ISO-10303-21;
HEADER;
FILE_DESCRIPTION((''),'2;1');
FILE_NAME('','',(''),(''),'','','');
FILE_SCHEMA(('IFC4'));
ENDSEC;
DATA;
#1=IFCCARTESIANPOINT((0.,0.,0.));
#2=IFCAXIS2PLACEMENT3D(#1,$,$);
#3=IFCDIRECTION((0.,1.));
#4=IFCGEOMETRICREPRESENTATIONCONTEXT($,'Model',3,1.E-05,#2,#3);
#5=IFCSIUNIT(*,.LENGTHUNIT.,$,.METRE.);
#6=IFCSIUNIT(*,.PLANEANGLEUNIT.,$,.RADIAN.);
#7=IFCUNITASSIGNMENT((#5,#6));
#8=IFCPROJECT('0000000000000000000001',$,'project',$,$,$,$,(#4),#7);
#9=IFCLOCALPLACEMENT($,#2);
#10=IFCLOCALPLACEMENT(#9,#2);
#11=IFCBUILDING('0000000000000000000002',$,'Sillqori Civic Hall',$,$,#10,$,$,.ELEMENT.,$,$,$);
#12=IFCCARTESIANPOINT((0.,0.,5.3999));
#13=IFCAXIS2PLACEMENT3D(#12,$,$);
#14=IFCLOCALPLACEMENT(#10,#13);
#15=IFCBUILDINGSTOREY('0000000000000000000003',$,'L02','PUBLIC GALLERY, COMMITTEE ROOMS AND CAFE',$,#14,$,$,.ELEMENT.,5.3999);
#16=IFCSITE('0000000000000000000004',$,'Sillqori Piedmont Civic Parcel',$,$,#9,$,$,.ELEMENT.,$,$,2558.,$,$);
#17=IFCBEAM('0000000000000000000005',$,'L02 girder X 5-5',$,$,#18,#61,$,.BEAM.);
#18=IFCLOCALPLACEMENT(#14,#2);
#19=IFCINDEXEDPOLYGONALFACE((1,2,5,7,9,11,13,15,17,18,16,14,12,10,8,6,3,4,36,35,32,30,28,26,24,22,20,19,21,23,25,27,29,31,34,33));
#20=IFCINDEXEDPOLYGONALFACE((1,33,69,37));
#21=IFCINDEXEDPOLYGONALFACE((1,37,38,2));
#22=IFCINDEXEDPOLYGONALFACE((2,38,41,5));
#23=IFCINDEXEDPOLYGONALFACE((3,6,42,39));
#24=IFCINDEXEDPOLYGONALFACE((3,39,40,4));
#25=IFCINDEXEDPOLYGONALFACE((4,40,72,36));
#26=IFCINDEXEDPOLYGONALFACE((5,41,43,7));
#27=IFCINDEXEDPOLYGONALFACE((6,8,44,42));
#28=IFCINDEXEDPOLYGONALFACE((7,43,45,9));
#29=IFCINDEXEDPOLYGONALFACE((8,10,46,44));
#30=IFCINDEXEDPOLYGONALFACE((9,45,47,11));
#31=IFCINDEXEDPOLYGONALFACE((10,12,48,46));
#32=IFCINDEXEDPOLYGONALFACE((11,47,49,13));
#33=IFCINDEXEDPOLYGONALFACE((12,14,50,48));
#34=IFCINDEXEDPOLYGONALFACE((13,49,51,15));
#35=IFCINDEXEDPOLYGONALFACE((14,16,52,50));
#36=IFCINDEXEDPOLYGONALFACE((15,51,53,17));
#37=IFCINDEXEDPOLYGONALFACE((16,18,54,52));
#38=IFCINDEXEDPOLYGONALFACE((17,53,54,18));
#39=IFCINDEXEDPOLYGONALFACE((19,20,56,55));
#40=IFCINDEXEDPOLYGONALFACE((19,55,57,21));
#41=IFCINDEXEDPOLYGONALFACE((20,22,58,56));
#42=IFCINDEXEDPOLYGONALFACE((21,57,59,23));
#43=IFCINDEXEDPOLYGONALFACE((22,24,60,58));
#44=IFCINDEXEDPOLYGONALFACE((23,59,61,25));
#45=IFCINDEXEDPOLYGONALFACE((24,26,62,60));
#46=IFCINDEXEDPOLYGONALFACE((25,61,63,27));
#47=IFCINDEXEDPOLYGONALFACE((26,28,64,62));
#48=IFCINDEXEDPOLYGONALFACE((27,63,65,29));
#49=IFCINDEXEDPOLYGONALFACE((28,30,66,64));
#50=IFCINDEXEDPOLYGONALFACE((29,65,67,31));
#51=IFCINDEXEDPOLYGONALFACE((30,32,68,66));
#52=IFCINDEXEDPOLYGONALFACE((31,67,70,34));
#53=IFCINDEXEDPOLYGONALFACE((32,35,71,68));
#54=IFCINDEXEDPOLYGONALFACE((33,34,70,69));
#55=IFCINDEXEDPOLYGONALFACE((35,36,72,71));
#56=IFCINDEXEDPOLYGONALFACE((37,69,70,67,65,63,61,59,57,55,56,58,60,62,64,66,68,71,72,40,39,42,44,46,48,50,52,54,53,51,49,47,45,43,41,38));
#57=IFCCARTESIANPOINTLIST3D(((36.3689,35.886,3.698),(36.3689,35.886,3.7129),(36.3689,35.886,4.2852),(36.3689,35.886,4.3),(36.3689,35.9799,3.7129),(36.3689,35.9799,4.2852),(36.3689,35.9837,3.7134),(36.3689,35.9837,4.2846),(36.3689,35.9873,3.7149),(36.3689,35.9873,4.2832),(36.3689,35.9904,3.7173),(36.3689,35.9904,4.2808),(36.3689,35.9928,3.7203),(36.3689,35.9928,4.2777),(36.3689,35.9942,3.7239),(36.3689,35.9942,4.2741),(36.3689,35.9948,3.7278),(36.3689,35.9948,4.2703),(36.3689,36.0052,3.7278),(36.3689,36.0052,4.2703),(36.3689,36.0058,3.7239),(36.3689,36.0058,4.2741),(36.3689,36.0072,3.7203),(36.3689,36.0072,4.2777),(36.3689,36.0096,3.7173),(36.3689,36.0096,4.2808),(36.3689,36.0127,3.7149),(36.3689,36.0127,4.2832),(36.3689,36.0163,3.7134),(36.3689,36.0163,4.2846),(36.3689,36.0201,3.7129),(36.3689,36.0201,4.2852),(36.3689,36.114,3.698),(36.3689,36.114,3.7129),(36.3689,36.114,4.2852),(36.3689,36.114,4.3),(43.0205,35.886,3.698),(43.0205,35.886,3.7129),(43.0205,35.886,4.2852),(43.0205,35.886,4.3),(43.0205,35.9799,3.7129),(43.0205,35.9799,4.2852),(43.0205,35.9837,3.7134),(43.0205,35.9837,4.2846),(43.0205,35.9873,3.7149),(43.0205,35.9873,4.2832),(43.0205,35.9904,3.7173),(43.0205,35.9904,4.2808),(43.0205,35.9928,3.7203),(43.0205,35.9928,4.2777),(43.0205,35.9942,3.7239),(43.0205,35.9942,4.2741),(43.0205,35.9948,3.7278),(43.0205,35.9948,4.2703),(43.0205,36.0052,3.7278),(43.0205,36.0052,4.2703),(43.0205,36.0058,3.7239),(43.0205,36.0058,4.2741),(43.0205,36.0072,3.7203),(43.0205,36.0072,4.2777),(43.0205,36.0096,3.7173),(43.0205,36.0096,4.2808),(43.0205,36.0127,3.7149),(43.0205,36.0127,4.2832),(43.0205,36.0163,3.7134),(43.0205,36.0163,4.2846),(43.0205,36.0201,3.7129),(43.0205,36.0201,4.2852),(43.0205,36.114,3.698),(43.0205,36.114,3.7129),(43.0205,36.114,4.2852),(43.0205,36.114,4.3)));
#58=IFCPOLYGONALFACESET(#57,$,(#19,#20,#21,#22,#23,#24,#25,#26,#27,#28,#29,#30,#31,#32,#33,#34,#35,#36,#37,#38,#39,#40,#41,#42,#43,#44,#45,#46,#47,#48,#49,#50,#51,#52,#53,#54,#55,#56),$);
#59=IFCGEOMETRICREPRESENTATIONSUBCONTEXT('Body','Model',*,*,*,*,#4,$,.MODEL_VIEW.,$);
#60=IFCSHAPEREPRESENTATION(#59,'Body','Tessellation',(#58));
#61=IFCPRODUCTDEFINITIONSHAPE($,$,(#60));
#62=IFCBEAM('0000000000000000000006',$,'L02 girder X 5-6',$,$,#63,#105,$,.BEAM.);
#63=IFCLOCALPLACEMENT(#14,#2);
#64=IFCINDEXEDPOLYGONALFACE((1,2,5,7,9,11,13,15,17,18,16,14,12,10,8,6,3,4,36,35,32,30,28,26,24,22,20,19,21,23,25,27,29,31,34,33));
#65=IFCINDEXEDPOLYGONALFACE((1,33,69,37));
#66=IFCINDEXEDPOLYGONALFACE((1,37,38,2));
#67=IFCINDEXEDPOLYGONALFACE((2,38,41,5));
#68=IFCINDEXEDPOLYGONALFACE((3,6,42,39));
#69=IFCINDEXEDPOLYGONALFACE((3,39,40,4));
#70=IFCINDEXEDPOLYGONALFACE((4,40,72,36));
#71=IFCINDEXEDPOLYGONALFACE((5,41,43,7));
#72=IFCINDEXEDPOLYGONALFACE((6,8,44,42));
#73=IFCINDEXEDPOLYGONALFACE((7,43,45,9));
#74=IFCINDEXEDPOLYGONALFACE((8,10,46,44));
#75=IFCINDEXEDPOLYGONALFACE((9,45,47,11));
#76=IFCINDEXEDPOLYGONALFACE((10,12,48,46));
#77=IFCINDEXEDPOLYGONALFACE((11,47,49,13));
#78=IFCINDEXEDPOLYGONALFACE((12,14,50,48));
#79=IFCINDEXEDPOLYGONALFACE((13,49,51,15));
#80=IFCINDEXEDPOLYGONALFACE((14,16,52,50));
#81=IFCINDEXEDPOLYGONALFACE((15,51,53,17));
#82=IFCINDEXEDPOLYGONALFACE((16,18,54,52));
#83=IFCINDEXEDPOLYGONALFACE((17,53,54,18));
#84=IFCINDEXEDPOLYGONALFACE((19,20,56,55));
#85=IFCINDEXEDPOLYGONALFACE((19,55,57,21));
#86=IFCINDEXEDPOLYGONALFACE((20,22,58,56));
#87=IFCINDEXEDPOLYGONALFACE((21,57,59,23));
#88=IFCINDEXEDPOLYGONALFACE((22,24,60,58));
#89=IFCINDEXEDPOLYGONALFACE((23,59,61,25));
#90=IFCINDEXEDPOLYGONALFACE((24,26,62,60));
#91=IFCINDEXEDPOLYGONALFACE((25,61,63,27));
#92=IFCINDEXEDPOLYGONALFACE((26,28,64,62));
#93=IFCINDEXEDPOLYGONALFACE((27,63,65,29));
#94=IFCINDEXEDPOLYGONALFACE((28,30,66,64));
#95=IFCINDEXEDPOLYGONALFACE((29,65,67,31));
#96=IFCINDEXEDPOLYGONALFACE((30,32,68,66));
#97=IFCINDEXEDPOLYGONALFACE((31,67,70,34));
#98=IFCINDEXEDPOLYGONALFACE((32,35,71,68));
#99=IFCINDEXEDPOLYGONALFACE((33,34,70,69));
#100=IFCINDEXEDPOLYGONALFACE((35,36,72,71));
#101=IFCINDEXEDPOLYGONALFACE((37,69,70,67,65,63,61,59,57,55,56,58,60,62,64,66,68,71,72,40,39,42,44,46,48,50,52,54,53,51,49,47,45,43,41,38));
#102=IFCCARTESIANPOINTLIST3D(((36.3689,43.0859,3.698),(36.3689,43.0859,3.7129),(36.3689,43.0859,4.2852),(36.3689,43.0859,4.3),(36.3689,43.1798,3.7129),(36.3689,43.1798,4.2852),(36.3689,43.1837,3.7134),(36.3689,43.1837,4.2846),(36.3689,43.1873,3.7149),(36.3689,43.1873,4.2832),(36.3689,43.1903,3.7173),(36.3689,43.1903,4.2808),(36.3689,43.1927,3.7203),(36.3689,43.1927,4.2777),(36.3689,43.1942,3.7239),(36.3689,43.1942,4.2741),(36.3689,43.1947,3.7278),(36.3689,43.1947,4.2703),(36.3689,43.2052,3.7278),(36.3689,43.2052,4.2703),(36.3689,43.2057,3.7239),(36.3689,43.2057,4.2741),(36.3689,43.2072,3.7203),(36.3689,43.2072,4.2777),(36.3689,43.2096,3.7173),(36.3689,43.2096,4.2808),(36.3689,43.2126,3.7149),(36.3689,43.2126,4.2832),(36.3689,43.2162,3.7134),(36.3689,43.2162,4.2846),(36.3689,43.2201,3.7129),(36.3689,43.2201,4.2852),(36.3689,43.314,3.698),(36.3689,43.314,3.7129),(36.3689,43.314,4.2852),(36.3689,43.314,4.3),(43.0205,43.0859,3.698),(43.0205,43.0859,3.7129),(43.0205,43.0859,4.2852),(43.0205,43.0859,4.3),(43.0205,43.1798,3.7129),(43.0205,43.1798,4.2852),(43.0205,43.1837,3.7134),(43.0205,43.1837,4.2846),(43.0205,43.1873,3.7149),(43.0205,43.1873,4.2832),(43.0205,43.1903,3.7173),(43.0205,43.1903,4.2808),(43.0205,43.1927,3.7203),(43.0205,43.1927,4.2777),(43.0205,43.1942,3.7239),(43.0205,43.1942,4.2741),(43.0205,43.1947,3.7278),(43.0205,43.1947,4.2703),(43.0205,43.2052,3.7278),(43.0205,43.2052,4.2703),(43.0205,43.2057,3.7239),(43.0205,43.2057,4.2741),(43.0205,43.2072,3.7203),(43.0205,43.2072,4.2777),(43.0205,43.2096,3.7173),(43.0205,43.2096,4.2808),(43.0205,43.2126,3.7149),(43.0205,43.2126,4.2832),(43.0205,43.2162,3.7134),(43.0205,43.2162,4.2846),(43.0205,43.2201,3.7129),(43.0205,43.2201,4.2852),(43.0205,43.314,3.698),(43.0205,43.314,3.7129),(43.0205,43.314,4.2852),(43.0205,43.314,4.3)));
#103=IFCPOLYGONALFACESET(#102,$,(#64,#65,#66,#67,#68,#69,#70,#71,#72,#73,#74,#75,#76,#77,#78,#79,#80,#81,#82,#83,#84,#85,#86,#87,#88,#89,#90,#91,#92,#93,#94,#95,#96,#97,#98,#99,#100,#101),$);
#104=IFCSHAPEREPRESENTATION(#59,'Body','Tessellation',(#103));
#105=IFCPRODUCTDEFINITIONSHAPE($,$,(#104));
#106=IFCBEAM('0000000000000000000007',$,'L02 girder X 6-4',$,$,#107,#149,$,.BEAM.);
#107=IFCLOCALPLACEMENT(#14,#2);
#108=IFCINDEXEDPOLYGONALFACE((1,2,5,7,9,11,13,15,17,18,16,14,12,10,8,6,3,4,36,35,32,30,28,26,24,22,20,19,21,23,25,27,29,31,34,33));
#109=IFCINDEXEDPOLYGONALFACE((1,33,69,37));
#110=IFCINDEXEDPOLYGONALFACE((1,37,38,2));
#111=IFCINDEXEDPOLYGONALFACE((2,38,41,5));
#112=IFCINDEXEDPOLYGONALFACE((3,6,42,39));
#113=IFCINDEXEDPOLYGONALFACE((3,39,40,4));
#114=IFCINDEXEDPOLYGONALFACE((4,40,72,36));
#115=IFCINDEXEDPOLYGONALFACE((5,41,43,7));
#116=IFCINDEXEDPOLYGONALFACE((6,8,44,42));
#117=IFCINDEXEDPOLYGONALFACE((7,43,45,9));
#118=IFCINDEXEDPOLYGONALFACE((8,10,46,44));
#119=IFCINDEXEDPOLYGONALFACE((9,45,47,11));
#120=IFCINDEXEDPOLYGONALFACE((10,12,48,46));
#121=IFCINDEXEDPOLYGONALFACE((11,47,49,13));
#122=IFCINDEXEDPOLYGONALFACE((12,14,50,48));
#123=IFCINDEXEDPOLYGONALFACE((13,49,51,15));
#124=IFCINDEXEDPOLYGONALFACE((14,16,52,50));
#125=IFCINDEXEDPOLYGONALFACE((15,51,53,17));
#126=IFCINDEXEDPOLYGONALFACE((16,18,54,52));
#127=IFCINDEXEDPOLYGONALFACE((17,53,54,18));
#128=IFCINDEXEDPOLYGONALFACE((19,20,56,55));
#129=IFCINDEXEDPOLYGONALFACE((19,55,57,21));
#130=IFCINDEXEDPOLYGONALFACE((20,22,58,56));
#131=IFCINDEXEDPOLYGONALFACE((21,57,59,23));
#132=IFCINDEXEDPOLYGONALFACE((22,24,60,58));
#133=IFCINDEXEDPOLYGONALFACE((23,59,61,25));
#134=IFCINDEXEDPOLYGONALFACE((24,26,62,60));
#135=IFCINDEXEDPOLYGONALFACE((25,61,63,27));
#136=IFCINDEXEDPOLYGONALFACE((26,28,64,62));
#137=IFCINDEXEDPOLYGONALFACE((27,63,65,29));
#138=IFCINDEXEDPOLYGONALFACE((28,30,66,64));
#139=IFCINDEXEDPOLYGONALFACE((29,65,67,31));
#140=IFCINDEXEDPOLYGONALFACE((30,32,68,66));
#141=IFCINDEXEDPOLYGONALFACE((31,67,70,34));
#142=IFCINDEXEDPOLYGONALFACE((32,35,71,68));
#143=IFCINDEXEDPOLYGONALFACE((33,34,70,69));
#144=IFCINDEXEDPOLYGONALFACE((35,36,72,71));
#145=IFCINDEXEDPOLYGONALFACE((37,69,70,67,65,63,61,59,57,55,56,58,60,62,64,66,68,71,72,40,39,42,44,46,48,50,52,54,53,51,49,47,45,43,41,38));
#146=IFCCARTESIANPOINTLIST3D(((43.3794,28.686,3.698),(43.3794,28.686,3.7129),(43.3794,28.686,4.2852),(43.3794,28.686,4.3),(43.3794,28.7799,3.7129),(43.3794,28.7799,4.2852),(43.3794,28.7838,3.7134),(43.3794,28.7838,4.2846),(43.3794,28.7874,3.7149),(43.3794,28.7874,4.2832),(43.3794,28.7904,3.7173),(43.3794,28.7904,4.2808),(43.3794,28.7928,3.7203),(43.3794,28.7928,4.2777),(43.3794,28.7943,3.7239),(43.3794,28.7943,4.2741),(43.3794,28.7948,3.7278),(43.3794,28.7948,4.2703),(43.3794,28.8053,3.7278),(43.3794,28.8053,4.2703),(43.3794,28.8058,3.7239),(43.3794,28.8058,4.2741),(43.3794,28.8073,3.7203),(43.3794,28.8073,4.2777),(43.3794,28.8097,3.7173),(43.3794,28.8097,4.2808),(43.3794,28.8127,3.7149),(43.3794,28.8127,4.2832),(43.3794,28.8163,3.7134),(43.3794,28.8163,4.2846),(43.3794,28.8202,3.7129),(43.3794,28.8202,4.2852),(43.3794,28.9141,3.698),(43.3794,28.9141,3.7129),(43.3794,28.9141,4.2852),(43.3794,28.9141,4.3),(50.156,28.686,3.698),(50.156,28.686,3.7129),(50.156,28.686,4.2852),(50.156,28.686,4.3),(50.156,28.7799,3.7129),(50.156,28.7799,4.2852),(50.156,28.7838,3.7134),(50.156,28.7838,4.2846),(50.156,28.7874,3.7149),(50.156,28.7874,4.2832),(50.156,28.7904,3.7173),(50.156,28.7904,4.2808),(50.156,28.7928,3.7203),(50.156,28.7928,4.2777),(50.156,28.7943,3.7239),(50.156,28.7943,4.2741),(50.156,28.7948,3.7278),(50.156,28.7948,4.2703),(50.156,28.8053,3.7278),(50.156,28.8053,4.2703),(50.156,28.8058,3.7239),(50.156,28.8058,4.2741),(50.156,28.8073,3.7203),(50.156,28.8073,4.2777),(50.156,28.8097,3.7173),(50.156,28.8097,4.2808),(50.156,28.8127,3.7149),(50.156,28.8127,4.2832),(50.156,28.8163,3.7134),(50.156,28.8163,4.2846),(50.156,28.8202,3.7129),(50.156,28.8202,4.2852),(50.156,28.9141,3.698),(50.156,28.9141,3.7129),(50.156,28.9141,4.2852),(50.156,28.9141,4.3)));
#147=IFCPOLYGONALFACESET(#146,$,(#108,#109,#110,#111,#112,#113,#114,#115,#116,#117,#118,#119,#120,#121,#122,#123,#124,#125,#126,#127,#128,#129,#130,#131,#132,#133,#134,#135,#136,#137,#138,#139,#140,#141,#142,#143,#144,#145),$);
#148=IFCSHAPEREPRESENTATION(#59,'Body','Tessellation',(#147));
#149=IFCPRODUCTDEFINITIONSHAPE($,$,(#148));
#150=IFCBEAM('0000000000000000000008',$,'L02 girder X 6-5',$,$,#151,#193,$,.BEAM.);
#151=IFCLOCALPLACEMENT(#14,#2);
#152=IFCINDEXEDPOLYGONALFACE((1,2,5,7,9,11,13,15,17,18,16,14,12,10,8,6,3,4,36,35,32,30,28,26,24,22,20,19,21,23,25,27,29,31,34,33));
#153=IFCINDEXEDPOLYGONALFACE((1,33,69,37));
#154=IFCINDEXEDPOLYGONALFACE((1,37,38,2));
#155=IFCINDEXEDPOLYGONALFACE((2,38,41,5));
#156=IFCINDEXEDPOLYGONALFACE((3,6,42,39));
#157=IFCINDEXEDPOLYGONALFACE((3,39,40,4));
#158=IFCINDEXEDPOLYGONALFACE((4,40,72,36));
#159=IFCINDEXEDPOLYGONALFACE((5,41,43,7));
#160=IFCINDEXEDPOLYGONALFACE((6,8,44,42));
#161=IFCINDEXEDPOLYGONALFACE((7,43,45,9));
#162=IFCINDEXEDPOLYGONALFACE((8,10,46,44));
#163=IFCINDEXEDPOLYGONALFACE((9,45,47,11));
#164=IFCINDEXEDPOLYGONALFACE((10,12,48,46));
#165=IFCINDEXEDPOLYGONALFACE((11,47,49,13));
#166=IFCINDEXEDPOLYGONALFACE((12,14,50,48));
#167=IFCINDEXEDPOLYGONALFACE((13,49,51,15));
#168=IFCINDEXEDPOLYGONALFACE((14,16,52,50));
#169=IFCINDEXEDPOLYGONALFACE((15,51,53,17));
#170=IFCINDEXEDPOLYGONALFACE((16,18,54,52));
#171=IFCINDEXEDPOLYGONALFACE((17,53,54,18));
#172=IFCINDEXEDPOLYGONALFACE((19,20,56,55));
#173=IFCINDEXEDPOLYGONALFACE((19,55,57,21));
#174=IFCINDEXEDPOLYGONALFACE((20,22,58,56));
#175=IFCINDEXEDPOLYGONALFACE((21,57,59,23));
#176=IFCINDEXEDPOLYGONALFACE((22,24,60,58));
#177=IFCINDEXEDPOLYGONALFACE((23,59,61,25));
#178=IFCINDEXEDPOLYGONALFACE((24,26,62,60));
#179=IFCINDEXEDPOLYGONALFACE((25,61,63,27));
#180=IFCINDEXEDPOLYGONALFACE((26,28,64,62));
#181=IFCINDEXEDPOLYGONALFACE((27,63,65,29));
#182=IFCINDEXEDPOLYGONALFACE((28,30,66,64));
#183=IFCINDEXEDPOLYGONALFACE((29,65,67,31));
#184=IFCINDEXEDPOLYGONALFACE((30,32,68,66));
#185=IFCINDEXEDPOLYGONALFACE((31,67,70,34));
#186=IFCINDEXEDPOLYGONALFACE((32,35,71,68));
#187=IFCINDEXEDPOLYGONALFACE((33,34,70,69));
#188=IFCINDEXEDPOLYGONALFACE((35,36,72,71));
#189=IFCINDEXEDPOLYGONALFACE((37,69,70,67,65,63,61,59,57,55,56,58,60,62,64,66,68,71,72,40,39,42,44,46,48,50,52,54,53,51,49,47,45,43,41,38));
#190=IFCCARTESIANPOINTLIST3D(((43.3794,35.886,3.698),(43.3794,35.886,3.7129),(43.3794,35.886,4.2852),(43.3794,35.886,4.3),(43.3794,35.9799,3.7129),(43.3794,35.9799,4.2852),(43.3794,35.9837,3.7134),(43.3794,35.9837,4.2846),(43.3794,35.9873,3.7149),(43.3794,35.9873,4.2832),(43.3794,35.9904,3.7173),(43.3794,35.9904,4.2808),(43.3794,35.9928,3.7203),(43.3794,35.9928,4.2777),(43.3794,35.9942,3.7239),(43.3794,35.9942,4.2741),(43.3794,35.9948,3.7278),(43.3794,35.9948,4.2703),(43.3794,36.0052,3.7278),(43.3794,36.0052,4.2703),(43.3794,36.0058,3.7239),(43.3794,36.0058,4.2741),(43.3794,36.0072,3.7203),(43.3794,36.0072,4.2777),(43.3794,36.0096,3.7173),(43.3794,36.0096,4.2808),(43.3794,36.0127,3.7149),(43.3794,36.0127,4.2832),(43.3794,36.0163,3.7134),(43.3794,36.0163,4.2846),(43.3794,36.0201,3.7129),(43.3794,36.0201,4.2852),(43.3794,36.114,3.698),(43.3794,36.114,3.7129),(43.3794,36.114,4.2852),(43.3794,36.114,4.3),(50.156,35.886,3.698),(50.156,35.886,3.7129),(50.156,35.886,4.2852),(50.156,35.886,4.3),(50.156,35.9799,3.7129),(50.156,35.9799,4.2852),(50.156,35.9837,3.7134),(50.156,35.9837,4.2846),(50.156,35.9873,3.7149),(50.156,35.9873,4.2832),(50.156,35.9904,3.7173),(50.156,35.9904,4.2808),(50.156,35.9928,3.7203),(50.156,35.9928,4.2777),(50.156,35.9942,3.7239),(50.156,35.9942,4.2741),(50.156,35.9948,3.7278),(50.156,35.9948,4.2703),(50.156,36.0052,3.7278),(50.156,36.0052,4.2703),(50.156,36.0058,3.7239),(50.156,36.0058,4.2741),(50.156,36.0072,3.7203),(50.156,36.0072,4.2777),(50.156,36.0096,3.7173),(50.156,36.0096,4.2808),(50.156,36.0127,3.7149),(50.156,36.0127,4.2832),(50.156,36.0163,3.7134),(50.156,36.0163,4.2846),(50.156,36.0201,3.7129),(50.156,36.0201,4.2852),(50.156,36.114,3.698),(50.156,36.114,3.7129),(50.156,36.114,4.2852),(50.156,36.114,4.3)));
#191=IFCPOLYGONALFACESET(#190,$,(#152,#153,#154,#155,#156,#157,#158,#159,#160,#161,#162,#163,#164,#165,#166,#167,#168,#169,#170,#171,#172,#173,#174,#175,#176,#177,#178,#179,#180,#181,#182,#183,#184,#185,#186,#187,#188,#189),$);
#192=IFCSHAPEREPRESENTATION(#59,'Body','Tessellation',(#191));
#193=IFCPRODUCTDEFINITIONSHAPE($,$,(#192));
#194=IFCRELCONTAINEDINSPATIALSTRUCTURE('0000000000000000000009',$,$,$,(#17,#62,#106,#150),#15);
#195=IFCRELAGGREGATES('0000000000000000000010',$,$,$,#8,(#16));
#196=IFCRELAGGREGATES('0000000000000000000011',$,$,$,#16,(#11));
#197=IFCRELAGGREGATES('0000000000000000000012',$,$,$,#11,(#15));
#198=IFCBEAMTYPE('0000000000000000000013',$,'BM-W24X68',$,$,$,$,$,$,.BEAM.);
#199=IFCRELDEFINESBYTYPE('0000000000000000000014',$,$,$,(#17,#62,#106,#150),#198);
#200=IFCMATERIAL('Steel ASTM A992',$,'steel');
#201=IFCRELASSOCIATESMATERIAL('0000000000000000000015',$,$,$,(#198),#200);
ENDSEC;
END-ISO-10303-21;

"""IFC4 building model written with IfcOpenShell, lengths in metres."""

from ifc_helpers import new_model, si_unit, direction, frame, origin, origin_2d, place, context, subcontext, project, spatial, i_section, extrude, material, material_profile, profile_set, type_object, element, save


model = new_model("IFC4")

# Units and contexts
model_context = context("Model", 3, precision=1e-05, world=origin(), true_north=direction((0.0, 1.0)))
body_context = subcontext(model_context, "Body", "Model", "MODEL_VIEW")
ifc_project = project(units=[si_unit("LENGTHUNIT", "METRE"), si_unit("PLANEANGLEUNIT", "RADIAN")], contexts=[model_context])

# Site, building, storey
site_placement = place(None, origin())
site = spatial("IfcSite", under=ifc_project, at=site_placement, Name="Sillqori Piedmont Civic Parcel", CompositionType="ELEMENT", RefElevation=2558.0)
building_placement = place(site_placement, origin())
building = spatial("IfcBuilding", under=site, at=building_placement, Name="Sillqori Civic Hall", CompositionType="ELEMENT")
storey_placement = place(building_placement, frame((0.0, 0.0, 5.3999)))
storey = spatial("IfcBuildingStorey", under=building, at=storey_placement, Name="L02", Description="PUBLIC GALLERY, COMMITTEE ROOMS AND CAFE", CompositionType="ELEMENT", Elevation=5.3999)

# Shared definitions
ifc_material_1 = material(Name="Steel ASTM A992", Category="steel")

# Beams
ifc_material_profile_1 = material_profile(ifc_material_1, i_section(OverallWidth=0.228, OverallDepth=0.6021, WebThickness=0.0105, FlangeThickness=0.0149, FilletRadius=0.0149, at=origin_2d()), Name="W24X68")
ifc_profile_set_1 = profile_set([ifc_material_profile_1], Name="Steel ASTM A992")
beam_type_1 = type_object("IfcBeamType", Name="BM-W24X68", PredefinedType="BEAM", material=ifc_profile_set_1)
for number, where, z_axis, x_axis, name in (
    (1, (36.3689, 36.0, 3.999), (1.0, 0.0, 0.0), (0.0, 1.0, 0.0), "L02 girder X 5-5"),
    (2, (36.3689, 43.2, 3.999), (1.0, 0.0, 0.0), (0.0, 1.0, 0.0), "L02 girder X 5-6"),
):
    element("IfcBeam", number, at=place(storey_placement, frame(where, z_axis=z_axis, x_axis=x_axis)), inside=storey, type_object=beam_type_1, Name=name, PredefinedType="BEAM", context=body_context, shape_type="SweptSolid", body=[
        extrude(i_section(OverallWidth=0.228, OverallDepth=0.6021, WebThickness=0.0105, FlangeThickness=0.0149, FilletRadius=0.0149, at=origin_2d()), origin(), (0.0, 0.0, 1.0), 6.6516),
    ])
for number, where, z_axis, x_axis, name in (
    (3, (43.3794, 28.8, 3.999), (1.0, 0.0, 0.0), (0.0, 1.0, 0.0), "L02 girder X 6-4"),
    (4, (43.3794, 36.0, 3.999), (1.0, 0.0, 0.0), (0.0, 1.0, 0.0), "L02 girder X 6-5"),
):
    element("IfcBeam", number, at=place(storey_placement, frame(where, z_axis=z_axis, x_axis=x_axis)), inside=storey, type_object=beam_type_1, Name=name, PredefinedType="BEAM", context=body_context, shape_type="SweptSolid", body=[
        extrude(i_section(OverallWidth=0.228, OverallDepth=0.6021, WebThickness=0.0105, FlangeThickness=0.0149, FilletRadius=0.0149, at=origin_2d()), origin(), (0.0, 0.0, 1.0), 6.7766),
    ])

save(model, "model.ifc")
